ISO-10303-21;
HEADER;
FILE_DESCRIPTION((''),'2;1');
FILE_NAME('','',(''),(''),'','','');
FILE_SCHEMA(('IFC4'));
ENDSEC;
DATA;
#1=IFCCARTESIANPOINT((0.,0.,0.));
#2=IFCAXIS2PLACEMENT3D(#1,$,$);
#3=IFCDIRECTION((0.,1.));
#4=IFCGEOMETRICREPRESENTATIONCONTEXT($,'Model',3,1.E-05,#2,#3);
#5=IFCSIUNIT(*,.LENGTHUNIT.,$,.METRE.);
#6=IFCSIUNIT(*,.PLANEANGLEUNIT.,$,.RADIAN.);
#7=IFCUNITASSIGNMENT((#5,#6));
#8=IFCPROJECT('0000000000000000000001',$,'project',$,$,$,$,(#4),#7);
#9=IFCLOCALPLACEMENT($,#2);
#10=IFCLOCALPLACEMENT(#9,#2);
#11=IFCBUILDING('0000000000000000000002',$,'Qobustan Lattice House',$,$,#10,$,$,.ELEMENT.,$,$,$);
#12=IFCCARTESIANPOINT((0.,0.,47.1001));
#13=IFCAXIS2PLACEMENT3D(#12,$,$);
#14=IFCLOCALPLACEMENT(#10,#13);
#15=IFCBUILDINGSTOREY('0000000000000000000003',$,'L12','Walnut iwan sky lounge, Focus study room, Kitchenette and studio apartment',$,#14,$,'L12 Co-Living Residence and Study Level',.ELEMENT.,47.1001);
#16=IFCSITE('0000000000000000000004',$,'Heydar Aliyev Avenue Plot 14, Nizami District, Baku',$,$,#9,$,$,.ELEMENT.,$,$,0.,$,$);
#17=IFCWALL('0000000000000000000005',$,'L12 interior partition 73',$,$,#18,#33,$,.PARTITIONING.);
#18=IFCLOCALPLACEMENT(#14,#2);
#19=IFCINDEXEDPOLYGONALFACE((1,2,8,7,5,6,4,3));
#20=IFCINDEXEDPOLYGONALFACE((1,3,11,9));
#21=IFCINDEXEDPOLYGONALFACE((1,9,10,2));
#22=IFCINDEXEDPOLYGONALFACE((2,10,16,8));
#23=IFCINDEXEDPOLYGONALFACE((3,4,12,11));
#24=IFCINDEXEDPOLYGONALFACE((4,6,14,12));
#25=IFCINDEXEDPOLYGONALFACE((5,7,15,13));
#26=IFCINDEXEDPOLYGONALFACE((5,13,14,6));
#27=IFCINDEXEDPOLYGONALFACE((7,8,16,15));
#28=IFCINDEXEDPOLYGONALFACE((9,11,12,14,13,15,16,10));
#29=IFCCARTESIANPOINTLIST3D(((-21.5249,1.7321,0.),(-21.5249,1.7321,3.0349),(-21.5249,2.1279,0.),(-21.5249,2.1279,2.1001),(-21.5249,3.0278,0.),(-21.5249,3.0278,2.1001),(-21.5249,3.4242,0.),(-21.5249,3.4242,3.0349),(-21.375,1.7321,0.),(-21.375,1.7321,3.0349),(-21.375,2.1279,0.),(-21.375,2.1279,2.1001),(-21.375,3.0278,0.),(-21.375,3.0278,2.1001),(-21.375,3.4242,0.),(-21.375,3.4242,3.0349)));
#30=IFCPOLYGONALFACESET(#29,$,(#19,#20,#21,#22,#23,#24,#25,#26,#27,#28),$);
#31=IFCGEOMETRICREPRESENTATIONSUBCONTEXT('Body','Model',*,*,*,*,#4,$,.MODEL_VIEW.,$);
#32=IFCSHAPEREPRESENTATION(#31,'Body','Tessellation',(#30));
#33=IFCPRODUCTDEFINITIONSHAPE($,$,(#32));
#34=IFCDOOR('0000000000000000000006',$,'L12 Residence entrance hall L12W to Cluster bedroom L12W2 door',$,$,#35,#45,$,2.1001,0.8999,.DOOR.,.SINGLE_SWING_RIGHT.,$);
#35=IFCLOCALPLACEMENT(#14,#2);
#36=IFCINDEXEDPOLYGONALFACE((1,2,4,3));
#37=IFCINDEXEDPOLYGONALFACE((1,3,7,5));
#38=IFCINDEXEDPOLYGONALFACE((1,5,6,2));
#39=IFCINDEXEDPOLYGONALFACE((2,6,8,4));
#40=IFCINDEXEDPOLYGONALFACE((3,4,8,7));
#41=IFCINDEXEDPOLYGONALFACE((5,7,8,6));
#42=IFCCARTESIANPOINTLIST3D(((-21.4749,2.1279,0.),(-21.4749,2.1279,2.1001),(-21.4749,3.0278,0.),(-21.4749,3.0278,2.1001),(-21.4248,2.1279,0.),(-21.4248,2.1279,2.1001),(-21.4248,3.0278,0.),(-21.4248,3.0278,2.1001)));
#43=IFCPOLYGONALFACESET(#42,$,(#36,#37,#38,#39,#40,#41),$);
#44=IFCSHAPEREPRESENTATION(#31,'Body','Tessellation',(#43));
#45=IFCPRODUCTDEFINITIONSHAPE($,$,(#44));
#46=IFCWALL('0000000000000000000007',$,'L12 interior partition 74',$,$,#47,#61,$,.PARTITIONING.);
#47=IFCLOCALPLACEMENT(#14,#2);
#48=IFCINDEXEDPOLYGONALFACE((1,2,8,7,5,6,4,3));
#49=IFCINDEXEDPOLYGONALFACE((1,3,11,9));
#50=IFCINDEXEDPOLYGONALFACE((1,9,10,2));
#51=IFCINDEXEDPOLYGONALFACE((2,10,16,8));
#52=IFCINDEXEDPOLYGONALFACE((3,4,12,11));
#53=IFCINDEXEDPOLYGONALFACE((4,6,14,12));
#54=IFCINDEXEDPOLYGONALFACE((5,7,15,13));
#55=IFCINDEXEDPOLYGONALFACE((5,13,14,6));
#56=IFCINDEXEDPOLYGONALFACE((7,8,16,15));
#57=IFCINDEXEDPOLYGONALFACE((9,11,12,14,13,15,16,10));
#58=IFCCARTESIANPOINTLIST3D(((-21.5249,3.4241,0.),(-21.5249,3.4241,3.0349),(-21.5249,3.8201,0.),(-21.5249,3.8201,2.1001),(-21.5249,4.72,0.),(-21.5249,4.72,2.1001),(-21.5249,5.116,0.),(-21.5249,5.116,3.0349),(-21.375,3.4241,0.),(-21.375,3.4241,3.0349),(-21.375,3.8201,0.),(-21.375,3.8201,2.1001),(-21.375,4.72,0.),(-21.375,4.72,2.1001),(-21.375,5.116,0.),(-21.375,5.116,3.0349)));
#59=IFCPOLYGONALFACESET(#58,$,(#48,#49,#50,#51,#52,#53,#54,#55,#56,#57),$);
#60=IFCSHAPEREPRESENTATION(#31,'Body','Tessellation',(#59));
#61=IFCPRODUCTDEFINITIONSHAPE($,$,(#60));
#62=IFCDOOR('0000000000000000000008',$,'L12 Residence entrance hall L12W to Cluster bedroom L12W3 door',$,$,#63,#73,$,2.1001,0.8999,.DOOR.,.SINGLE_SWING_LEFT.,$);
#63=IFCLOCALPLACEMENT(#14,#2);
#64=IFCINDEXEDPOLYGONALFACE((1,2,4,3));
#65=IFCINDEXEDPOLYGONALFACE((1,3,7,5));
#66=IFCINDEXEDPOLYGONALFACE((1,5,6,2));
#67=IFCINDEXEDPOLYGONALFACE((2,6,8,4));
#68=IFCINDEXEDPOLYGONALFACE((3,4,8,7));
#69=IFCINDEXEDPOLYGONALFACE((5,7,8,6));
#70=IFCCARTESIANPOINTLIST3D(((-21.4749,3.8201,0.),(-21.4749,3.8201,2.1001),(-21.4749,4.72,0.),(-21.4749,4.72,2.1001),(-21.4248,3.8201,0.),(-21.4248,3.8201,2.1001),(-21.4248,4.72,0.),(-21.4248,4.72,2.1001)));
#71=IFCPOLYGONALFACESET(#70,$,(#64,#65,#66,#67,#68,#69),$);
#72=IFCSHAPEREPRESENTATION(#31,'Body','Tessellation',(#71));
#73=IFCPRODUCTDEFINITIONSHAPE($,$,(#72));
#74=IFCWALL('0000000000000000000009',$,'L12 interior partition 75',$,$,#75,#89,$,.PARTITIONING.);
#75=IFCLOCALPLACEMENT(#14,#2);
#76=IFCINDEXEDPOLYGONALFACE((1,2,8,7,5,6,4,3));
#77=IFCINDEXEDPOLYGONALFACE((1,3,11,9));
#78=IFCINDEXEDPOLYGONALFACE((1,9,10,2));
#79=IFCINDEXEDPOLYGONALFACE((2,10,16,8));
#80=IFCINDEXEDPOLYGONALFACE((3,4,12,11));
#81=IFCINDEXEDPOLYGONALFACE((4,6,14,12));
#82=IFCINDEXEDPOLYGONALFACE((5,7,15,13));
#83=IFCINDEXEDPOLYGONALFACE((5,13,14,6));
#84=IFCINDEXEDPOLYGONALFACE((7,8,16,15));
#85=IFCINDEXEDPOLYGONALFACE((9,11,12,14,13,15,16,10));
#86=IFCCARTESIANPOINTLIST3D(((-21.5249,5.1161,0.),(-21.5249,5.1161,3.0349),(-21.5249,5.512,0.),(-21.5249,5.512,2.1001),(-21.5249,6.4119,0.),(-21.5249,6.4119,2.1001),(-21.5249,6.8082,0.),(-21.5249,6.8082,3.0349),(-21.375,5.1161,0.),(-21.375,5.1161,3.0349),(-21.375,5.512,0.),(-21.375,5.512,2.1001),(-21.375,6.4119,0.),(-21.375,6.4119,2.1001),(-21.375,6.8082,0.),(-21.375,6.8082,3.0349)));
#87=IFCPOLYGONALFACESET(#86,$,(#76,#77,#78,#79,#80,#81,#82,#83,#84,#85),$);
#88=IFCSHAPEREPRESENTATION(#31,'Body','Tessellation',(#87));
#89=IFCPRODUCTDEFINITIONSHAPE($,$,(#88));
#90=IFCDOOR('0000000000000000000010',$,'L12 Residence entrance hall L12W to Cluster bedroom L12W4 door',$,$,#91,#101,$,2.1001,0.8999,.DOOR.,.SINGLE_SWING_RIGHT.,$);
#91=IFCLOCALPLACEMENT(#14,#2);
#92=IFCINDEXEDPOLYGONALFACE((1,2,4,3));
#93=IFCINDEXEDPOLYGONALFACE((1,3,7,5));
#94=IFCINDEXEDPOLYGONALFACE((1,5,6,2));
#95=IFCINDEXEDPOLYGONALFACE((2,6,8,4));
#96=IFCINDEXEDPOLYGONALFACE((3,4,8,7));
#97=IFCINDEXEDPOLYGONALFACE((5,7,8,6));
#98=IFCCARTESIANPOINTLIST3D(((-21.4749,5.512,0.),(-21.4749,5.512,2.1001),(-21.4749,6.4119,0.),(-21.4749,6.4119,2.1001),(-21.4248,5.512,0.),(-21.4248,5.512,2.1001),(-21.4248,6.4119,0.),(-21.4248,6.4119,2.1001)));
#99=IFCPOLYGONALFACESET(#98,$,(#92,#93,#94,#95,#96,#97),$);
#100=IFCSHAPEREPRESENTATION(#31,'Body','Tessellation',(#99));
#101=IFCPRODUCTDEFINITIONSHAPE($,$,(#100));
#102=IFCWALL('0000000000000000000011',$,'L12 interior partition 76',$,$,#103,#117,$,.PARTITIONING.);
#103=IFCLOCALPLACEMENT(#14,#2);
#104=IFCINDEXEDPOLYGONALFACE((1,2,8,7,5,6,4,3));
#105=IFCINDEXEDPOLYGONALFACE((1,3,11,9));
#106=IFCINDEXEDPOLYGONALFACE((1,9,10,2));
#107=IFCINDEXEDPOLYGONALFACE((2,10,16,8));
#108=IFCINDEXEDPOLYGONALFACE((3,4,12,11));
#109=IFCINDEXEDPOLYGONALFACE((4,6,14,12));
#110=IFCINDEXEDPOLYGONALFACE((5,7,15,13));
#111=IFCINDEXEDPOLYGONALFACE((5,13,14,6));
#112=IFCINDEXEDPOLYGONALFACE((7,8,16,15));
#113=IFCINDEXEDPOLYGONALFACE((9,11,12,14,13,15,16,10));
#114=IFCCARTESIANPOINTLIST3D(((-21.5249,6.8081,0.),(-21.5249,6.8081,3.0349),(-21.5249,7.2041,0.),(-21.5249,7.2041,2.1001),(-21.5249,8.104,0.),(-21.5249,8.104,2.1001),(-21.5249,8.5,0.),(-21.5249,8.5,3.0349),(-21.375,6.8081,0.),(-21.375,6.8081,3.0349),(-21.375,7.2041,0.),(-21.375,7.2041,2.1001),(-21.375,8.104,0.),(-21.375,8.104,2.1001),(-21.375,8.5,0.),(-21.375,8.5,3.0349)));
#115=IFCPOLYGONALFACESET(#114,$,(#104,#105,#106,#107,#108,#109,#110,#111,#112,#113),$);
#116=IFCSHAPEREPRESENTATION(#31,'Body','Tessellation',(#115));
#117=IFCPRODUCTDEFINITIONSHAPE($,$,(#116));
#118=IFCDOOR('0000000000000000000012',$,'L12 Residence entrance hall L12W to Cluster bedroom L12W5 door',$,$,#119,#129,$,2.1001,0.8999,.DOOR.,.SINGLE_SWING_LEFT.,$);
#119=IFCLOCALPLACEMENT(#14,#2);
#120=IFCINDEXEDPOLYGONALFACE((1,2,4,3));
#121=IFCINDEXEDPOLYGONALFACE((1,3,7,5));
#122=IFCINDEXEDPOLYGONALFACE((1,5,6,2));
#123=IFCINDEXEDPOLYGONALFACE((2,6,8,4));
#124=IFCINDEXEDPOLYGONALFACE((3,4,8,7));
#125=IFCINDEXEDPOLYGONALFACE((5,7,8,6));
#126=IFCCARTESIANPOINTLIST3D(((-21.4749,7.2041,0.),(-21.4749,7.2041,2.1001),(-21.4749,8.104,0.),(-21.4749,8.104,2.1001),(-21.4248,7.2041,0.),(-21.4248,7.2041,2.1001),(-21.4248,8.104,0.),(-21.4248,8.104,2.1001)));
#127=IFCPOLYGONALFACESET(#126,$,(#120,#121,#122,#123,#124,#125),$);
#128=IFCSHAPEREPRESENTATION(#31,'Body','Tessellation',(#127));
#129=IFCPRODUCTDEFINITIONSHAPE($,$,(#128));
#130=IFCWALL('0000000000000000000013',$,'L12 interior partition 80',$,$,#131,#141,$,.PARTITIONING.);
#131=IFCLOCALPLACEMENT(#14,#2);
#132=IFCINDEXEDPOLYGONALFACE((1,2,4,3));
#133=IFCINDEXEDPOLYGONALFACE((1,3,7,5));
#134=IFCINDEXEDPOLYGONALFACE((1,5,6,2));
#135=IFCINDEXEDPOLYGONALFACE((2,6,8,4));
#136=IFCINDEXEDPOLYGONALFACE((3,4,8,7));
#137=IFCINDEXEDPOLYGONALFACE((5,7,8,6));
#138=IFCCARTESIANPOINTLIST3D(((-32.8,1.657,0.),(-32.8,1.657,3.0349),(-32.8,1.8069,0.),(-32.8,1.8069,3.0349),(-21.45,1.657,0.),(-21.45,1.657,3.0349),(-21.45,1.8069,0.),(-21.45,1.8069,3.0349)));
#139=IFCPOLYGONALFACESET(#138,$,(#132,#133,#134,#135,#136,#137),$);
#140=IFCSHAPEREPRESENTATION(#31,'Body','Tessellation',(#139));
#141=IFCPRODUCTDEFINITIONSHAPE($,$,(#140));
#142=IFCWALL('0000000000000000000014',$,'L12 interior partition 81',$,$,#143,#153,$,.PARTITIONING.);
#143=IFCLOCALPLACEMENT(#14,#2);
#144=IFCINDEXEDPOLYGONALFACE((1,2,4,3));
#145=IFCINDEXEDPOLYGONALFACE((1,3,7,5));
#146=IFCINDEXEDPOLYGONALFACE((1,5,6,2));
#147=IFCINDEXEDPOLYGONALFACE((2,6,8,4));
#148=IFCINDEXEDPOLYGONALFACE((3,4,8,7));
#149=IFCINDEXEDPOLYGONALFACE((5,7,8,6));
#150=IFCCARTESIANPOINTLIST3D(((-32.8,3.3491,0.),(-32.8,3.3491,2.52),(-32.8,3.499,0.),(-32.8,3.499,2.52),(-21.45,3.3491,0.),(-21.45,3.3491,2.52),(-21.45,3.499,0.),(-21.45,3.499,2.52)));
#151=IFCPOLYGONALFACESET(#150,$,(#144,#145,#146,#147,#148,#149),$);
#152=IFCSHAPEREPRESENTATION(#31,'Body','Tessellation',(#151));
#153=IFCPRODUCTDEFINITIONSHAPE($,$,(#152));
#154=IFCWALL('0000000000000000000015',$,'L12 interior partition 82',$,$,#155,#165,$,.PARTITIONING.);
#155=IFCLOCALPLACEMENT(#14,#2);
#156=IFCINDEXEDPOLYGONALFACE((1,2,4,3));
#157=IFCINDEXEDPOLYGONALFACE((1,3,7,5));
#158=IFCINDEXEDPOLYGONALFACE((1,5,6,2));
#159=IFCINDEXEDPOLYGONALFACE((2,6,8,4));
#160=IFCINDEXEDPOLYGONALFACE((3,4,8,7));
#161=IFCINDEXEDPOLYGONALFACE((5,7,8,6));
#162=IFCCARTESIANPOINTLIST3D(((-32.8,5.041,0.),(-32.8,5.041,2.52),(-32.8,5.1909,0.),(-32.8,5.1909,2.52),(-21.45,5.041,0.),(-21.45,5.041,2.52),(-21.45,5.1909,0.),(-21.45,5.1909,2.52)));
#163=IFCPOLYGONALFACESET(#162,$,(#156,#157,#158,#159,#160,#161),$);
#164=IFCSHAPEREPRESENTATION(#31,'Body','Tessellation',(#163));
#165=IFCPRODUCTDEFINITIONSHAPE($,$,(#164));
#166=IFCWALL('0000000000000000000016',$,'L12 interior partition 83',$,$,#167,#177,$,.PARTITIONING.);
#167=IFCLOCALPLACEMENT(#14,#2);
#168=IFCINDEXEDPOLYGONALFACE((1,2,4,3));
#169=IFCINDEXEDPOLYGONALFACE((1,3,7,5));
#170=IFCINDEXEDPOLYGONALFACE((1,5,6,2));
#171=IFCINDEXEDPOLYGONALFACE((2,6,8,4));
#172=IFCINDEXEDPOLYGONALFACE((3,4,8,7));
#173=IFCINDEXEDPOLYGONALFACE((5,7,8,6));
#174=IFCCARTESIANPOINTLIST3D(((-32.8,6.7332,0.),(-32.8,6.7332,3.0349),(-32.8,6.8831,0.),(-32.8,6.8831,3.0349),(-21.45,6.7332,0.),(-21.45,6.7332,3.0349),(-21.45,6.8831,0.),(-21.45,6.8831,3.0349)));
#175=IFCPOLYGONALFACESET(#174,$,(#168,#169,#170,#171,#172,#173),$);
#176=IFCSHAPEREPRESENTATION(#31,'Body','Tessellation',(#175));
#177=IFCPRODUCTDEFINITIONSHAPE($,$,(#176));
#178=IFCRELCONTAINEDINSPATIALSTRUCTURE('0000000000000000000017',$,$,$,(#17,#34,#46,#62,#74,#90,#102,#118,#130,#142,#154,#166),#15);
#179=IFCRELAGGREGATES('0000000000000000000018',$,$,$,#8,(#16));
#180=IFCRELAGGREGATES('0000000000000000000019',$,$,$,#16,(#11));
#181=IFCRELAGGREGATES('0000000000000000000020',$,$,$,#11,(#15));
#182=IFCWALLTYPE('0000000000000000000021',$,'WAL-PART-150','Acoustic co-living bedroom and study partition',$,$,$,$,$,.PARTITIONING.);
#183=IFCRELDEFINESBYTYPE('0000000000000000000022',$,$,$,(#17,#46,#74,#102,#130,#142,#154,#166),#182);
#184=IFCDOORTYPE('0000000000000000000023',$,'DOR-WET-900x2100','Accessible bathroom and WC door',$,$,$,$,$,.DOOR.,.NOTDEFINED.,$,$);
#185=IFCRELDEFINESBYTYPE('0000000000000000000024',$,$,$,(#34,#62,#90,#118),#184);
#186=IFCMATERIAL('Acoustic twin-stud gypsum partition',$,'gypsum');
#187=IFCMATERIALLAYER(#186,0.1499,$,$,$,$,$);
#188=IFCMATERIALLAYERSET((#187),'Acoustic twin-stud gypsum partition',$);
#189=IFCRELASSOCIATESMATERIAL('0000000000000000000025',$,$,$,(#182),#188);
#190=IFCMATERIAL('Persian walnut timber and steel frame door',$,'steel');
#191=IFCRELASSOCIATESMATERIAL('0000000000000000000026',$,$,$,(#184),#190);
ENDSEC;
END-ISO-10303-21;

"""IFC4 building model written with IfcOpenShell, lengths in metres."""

from ifc_helpers import new_model, si_unit, direction, frame, frame_2d, origin, place, context, subcontext, project, spatial, rectangle, extrude, material, layer, layer_set, type_object, element, fill, save


model = new_model("IFC4")

# Units and contexts
model_context = context("Model", 3, precision=1e-05, world=origin(), true_north=direction((0.0, 1.0)))
body_context = subcontext(model_context, "Body", "Model", "MODEL_VIEW")
ifc_project = project(units=[si_unit("LENGTHUNIT", "METRE"), si_unit("PLANEANGLEUNIT", "RADIAN")], contexts=[model_context])

# Site, building, storey
site_placement = place(None, origin())
site = spatial("IfcSite", under=ifc_project, at=site_placement, Name="Heydar Aliyev Avenue Plot 14, Nizami District, Baku", CompositionType="ELEMENT", RefElevation=0.0)
building_placement = place(site_placement, origin())
building = spatial("IfcBuilding", under=site, at=building_placement, Name="Qobustan Lattice House", CompositionType="ELEMENT")
storey_placement = place(building_placement, frame((0.0, 0.0, 47.1001)))
storey = spatial("IfcBuildingStorey", under=building, at=storey_placement, Name="L12", Description="Walnut iwan sky lounge, Focus study room, Kitchenette and studio apartment", LongName="L12 Co-Living Residence and Study Level", CompositionType="ELEMENT", Elevation=47.1001)

# Shared definitions
ifc_material_1 = material(Name="Acoustic twin-stud gypsum partition", Category="gypsum")
ifc_layer_1 = layer(ifc_material_1, 0.1499)
ifc_layer_set_1 = layer_set([ifc_layer_1], Name="Acoustic twin-stud gypsum partition")
wall_type_1 = type_object("IfcWallType", Name="WAL-PART-150", Description="Acoustic co-living bedroom and study partition", PredefinedType="PARTITIONING", material=ifc_layer_set_1)

# Walls, openings, doors
wall_1_placement = place(storey_placement, frame((-21.45, 1.7319, 0.0), z_axis=(0.0, 0.0, 1.0), x_axis=(0.0, 1.0, 0.0)))
wall_1 = element("IfcWall", 1, at=wall_1_placement, inside=storey, type_object=wall_type_1, Name="L12 interior partition 73", PredefinedType="PARTITIONING", context=body_context, shape_type="SweptSolid", body=[
    extrude(rectangle(XDim=1.6921, YDim=0.1499, at=frame_2d((0.8462, 0.0))), origin(), (0.0, 0.0, 1.0), 3.0349),
])
opening_1_placement = place(wall_1_placement, frame((0.396, 0.0, 0.0)))
opening_1 = element("IfcOpeningElement", 2, at=opening_1_placement, cuts=wall_1, PredefinedType="OPENING", context=body_context, shape_type="SweptSolid", body=[
    extrude(rectangle(XDim=0.8999, YDim=2.1001, at=frame_2d((0.45, 1.05))), frame((0.0, 0.085, 0.0), z_axis=(0.0, -1.0, 0.0), x_axis=(1.0, 0.0, 0.0)), (0.0, 0.0, 1.0), 0.1699),
])
ifc_material_2 = material(Name="Persian walnut timber and steel frame door", Category="steel")
door_type_1 = type_object("IfcDoorType", Name="DOR-WET-900x2100", Description="Accessible bathroom and WC door", OperationType="NOTDEFINED", PredefinedType="DOOR", material=ifc_material_2)
door_1_placement = place(opening_1_placement, origin())
door_1 = element("IfcDoor", 3, at=door_1_placement, inside=storey, type_object=door_type_1, Name="L12 Residence entrance hall L12W to Cluster bedroom L12W2 door", OperationType="SINGLE_SWING_RIGHT", OverallHeight=2.1001, OverallWidth=0.8999, PredefinedType="DOOR", context=body_context, shape_type="SweptSolid", body=[
    extrude(rectangle(XDim=0.8999, YDim=2.1001, at=frame_2d((0.45, 1.05))), frame((0.0, 0.0249, 0.0), z_axis=(0.0, -1.0, 0.0), x_axis=(1.0, 0.0, 0.0)), (0.0, 0.0, 1.0), 0.05),
])
fill(opening_1, door_1)
wall_2_placement = place(storey_placement, frame((-21.45, 3.4241, 0.0), z_axis=(0.0, 0.0, 1.0), x_axis=(0.0, 1.0, 0.0)))
wall_2 = element("IfcWall", 4, at=wall_2_placement, inside=storey, type_object=wall_type_1, Name="L12 interior partition 74", PredefinedType="PARTITIONING", context=body_context, shape_type="SweptSolid", body=[
    extrude(rectangle(XDim=1.6919, YDim=0.1499, at=frame_2d((0.8459, 0.0))), origin(), (0.0, 0.0, 1.0), 3.0349),
])
opening_2_placement = place(wall_2_placement, frame((0.396, 0.0, 0.0)))
opening_2 = element("IfcOpeningElement", 5, at=opening_2_placement, cuts=wall_2, PredefinedType="OPENING", context=body_context, shape_type="SweptSolid", body=[
    extrude(rectangle(XDim=0.8999, YDim=2.1001, at=frame_2d((0.45, 1.05))), frame((0.0, 0.085, 0.0), z_axis=(0.0, -1.0, 0.0), x_axis=(1.0, 0.0, 0.0)), (0.0, 0.0, 1.0), 0.1699),
])
door_2_placement = place(opening_2_placement, origin())
door_2 = element("IfcDoor", 6, at=door_2_placement, inside=storey, type_object=door_type_1, Name="L12 Residence entrance hall L12W to Cluster bedroom L12W3 door", OperationType="SINGLE_SWING_LEFT", OverallHeight=2.1001, OverallWidth=0.8999, PredefinedType="DOOR", context=body_context, shape_type="SweptSolid", body=[
    extrude(rectangle(XDim=0.8999, YDim=2.1001, at=frame_2d((0.45, 1.05))), frame((0.0, 0.0249, 0.0), z_axis=(0.0, -1.0, 0.0), x_axis=(1.0, 0.0, 0.0)), (0.0, 0.0, 1.0), 0.05),
])
fill(opening_2, door_2)
wall_3_placement = place(storey_placement, frame((-21.45, 5.116, 0.0), z_axis=(0.0, 0.0, 1.0), x_axis=(0.0, 1.0, 0.0)))
wall_3 = element("IfcWall", 7, at=wall_3_placement, inside=storey, type_object=wall_type_1, Name="L12 interior partition 75", PredefinedType="PARTITIONING", context=body_context, shape_type="SweptSolid", body=[
    extrude(rectangle(XDim=1.6921, YDim=0.1499, at=frame_2d((0.8462, 0.0))), origin(), (0.0, 0.0, 1.0), 3.0349),
])
opening_3_placement = place(wall_3_placement, frame((0.396, 0.0, 0.0)))
opening_3 = element("IfcOpeningElement", 8, at=opening_3_placement, cuts=wall_3, PredefinedType="OPENING", context=body_context, shape_type="SweptSolid", body=[
    extrude(rectangle(XDim=0.8999, YDim=2.1001, at=frame_2d((0.45, 1.05))), frame((0.0, 0.085, 0.0), z_axis=(0.0, -1.0, 0.0), x_axis=(1.0, 0.0, 0.0)), (0.0, 0.0, 1.0), 0.1699),
])
door_3_placement = place(opening_3_placement, origin())
door_3 = element("IfcDoor", 9, at=door_3_placement, inside=storey, type_object=door_type_1, Name="L12 Residence entrance hall L12W to Cluster bedroom L12W4 door", OperationType="SINGLE_SWING_RIGHT", OverallHeight=2.1001, OverallWidth=0.8999, PredefinedType="DOOR", context=body_context, shape_type="SweptSolid", body=[
    extrude(rectangle(XDim=0.8999, YDim=2.1001, at=frame_2d((0.45, 1.05))), frame((0.0, 0.0249, 0.0), z_axis=(0.0, -1.0, 0.0), x_axis=(1.0, 0.0, 0.0)), (0.0, 0.0, 1.0), 0.05),
])
fill(opening_3, door_3)
wall_4_placement = place(storey_placement, frame((-21.45, 6.8081, 0.0), z_axis=(0.0, 0.0, 1.0), x_axis=(0.0, 1.0, 0.0)))
wall_4 = element("IfcWall", 10, at=wall_4_placement, inside=storey, type_object=wall_type_1, Name="L12 interior partition 76", PredefinedType="PARTITIONING", context=body_context, shape_type="SweptSolid", body=[
    extrude(rectangle(XDim=1.6919, YDim=0.1499, at=frame_2d((0.8459, 0.0))), origin(), (0.0, 0.0, 1.0), 3.0349),
])
opening_4_placement = place(wall_4_placement, frame((0.396, 0.0, 0.0)))
opening_4 = element("IfcOpeningElement", 11, at=opening_4_placement, cuts=wall_4, PredefinedType="OPENING", context=body_context, shape_type="SweptSolid", body=[
    extrude(rectangle(XDim=0.8999, YDim=2.1001, at=frame_2d((0.45, 1.05))), frame((0.0, 0.085, 0.0), z_axis=(0.0, -1.0, 0.0), x_axis=(1.0, 0.0, 0.0)), (0.0, 0.0, 1.0), 0.1699),
])
door_4_placement = place(opening_4_placement, origin())
door_4 = element("IfcDoor", 12, at=door_4_placement, inside=storey, type_object=door_type_1, Name="L12 Residence entrance hall L12W to Cluster bedroom L12W5 door", OperationType="SINGLE_SWING_LEFT", OverallHeight=2.1001, OverallWidth=0.8999, PredefinedType="DOOR", context=body_context, shape_type="SweptSolid", body=[
    extrude(rectangle(XDim=0.8999, YDim=2.1001, at=frame_2d((0.45, 1.05))), frame((0.0, 0.0249, 0.0), z_axis=(0.0, -1.0, 0.0), x_axis=(1.0, 0.0, 0.0)), (0.0, 0.0, 1.0), 0.05),
])
fill(opening_4, door_4)

# Walls
wall_5_placement = place(storey_placement, frame((-32.8, 1.7319, 0.0), z_axis=(0.0, 0.0, 1.0), x_axis=(1.0, 0.0, 0.0)))
element("IfcWall", 13, at=wall_5_placement, inside=storey, type_object=wall_type_1, Name="L12 interior partition 80", PredefinedType="PARTITIONING", context=body_context, shape_type="SweptSolid", body=[
    extrude(rectangle(XDim=11.3501, YDim=0.1499, at=frame_2d((5.675, 0.0))), origin(), (0.0, 0.0, 1.0), 3.0349),
])
for number, where, z_axis, x_axis, name in (
    (14, (-32.8, 3.4241, 0.0), (0.0, 0.0, 1.0), (1.0, 0.0, 0.0), "L12 interior partition 81"),
    (15, (-32.8, 5.116, 0.0), (0.0, 0.0, 1.0), (1.0, 0.0, 0.0), "L12 interior partition 82"),
):
    element("IfcWall", number, at=place(storey_placement, frame(where, z_axis=z_axis, x_axis=x_axis)), inside=storey, type_object=wall_type_1, Name=name, PredefinedType="PARTITIONING", context=body_context, shape_type="SweptSolid", body=[
        extrude(rectangle(XDim=11.3501, YDim=0.1499, at=frame_2d((5.675, 0.0))), origin(), (0.0, 0.0, 1.0), 2.52),
    ])
wall_6_placement = place(storey_placement, frame((-32.8, 6.8081, 0.0), z_axis=(0.0, 0.0, 1.0), x_axis=(1.0, 0.0, 0.0)))
element("IfcWall", 16, at=wall_6_placement, inside=storey, type_object=wall_type_1, Name="L12 interior partition 83", PredefinedType="PARTITIONING", context=body_context, shape_type="SweptSolid", body=[
    extrude(rectangle(XDim=11.3501, YDim=0.1499, at=frame_2d((5.675, 0.0))), origin(), (0.0, 0.0, 1.0), 3.0349),
])

save(model, "model.ifc")
